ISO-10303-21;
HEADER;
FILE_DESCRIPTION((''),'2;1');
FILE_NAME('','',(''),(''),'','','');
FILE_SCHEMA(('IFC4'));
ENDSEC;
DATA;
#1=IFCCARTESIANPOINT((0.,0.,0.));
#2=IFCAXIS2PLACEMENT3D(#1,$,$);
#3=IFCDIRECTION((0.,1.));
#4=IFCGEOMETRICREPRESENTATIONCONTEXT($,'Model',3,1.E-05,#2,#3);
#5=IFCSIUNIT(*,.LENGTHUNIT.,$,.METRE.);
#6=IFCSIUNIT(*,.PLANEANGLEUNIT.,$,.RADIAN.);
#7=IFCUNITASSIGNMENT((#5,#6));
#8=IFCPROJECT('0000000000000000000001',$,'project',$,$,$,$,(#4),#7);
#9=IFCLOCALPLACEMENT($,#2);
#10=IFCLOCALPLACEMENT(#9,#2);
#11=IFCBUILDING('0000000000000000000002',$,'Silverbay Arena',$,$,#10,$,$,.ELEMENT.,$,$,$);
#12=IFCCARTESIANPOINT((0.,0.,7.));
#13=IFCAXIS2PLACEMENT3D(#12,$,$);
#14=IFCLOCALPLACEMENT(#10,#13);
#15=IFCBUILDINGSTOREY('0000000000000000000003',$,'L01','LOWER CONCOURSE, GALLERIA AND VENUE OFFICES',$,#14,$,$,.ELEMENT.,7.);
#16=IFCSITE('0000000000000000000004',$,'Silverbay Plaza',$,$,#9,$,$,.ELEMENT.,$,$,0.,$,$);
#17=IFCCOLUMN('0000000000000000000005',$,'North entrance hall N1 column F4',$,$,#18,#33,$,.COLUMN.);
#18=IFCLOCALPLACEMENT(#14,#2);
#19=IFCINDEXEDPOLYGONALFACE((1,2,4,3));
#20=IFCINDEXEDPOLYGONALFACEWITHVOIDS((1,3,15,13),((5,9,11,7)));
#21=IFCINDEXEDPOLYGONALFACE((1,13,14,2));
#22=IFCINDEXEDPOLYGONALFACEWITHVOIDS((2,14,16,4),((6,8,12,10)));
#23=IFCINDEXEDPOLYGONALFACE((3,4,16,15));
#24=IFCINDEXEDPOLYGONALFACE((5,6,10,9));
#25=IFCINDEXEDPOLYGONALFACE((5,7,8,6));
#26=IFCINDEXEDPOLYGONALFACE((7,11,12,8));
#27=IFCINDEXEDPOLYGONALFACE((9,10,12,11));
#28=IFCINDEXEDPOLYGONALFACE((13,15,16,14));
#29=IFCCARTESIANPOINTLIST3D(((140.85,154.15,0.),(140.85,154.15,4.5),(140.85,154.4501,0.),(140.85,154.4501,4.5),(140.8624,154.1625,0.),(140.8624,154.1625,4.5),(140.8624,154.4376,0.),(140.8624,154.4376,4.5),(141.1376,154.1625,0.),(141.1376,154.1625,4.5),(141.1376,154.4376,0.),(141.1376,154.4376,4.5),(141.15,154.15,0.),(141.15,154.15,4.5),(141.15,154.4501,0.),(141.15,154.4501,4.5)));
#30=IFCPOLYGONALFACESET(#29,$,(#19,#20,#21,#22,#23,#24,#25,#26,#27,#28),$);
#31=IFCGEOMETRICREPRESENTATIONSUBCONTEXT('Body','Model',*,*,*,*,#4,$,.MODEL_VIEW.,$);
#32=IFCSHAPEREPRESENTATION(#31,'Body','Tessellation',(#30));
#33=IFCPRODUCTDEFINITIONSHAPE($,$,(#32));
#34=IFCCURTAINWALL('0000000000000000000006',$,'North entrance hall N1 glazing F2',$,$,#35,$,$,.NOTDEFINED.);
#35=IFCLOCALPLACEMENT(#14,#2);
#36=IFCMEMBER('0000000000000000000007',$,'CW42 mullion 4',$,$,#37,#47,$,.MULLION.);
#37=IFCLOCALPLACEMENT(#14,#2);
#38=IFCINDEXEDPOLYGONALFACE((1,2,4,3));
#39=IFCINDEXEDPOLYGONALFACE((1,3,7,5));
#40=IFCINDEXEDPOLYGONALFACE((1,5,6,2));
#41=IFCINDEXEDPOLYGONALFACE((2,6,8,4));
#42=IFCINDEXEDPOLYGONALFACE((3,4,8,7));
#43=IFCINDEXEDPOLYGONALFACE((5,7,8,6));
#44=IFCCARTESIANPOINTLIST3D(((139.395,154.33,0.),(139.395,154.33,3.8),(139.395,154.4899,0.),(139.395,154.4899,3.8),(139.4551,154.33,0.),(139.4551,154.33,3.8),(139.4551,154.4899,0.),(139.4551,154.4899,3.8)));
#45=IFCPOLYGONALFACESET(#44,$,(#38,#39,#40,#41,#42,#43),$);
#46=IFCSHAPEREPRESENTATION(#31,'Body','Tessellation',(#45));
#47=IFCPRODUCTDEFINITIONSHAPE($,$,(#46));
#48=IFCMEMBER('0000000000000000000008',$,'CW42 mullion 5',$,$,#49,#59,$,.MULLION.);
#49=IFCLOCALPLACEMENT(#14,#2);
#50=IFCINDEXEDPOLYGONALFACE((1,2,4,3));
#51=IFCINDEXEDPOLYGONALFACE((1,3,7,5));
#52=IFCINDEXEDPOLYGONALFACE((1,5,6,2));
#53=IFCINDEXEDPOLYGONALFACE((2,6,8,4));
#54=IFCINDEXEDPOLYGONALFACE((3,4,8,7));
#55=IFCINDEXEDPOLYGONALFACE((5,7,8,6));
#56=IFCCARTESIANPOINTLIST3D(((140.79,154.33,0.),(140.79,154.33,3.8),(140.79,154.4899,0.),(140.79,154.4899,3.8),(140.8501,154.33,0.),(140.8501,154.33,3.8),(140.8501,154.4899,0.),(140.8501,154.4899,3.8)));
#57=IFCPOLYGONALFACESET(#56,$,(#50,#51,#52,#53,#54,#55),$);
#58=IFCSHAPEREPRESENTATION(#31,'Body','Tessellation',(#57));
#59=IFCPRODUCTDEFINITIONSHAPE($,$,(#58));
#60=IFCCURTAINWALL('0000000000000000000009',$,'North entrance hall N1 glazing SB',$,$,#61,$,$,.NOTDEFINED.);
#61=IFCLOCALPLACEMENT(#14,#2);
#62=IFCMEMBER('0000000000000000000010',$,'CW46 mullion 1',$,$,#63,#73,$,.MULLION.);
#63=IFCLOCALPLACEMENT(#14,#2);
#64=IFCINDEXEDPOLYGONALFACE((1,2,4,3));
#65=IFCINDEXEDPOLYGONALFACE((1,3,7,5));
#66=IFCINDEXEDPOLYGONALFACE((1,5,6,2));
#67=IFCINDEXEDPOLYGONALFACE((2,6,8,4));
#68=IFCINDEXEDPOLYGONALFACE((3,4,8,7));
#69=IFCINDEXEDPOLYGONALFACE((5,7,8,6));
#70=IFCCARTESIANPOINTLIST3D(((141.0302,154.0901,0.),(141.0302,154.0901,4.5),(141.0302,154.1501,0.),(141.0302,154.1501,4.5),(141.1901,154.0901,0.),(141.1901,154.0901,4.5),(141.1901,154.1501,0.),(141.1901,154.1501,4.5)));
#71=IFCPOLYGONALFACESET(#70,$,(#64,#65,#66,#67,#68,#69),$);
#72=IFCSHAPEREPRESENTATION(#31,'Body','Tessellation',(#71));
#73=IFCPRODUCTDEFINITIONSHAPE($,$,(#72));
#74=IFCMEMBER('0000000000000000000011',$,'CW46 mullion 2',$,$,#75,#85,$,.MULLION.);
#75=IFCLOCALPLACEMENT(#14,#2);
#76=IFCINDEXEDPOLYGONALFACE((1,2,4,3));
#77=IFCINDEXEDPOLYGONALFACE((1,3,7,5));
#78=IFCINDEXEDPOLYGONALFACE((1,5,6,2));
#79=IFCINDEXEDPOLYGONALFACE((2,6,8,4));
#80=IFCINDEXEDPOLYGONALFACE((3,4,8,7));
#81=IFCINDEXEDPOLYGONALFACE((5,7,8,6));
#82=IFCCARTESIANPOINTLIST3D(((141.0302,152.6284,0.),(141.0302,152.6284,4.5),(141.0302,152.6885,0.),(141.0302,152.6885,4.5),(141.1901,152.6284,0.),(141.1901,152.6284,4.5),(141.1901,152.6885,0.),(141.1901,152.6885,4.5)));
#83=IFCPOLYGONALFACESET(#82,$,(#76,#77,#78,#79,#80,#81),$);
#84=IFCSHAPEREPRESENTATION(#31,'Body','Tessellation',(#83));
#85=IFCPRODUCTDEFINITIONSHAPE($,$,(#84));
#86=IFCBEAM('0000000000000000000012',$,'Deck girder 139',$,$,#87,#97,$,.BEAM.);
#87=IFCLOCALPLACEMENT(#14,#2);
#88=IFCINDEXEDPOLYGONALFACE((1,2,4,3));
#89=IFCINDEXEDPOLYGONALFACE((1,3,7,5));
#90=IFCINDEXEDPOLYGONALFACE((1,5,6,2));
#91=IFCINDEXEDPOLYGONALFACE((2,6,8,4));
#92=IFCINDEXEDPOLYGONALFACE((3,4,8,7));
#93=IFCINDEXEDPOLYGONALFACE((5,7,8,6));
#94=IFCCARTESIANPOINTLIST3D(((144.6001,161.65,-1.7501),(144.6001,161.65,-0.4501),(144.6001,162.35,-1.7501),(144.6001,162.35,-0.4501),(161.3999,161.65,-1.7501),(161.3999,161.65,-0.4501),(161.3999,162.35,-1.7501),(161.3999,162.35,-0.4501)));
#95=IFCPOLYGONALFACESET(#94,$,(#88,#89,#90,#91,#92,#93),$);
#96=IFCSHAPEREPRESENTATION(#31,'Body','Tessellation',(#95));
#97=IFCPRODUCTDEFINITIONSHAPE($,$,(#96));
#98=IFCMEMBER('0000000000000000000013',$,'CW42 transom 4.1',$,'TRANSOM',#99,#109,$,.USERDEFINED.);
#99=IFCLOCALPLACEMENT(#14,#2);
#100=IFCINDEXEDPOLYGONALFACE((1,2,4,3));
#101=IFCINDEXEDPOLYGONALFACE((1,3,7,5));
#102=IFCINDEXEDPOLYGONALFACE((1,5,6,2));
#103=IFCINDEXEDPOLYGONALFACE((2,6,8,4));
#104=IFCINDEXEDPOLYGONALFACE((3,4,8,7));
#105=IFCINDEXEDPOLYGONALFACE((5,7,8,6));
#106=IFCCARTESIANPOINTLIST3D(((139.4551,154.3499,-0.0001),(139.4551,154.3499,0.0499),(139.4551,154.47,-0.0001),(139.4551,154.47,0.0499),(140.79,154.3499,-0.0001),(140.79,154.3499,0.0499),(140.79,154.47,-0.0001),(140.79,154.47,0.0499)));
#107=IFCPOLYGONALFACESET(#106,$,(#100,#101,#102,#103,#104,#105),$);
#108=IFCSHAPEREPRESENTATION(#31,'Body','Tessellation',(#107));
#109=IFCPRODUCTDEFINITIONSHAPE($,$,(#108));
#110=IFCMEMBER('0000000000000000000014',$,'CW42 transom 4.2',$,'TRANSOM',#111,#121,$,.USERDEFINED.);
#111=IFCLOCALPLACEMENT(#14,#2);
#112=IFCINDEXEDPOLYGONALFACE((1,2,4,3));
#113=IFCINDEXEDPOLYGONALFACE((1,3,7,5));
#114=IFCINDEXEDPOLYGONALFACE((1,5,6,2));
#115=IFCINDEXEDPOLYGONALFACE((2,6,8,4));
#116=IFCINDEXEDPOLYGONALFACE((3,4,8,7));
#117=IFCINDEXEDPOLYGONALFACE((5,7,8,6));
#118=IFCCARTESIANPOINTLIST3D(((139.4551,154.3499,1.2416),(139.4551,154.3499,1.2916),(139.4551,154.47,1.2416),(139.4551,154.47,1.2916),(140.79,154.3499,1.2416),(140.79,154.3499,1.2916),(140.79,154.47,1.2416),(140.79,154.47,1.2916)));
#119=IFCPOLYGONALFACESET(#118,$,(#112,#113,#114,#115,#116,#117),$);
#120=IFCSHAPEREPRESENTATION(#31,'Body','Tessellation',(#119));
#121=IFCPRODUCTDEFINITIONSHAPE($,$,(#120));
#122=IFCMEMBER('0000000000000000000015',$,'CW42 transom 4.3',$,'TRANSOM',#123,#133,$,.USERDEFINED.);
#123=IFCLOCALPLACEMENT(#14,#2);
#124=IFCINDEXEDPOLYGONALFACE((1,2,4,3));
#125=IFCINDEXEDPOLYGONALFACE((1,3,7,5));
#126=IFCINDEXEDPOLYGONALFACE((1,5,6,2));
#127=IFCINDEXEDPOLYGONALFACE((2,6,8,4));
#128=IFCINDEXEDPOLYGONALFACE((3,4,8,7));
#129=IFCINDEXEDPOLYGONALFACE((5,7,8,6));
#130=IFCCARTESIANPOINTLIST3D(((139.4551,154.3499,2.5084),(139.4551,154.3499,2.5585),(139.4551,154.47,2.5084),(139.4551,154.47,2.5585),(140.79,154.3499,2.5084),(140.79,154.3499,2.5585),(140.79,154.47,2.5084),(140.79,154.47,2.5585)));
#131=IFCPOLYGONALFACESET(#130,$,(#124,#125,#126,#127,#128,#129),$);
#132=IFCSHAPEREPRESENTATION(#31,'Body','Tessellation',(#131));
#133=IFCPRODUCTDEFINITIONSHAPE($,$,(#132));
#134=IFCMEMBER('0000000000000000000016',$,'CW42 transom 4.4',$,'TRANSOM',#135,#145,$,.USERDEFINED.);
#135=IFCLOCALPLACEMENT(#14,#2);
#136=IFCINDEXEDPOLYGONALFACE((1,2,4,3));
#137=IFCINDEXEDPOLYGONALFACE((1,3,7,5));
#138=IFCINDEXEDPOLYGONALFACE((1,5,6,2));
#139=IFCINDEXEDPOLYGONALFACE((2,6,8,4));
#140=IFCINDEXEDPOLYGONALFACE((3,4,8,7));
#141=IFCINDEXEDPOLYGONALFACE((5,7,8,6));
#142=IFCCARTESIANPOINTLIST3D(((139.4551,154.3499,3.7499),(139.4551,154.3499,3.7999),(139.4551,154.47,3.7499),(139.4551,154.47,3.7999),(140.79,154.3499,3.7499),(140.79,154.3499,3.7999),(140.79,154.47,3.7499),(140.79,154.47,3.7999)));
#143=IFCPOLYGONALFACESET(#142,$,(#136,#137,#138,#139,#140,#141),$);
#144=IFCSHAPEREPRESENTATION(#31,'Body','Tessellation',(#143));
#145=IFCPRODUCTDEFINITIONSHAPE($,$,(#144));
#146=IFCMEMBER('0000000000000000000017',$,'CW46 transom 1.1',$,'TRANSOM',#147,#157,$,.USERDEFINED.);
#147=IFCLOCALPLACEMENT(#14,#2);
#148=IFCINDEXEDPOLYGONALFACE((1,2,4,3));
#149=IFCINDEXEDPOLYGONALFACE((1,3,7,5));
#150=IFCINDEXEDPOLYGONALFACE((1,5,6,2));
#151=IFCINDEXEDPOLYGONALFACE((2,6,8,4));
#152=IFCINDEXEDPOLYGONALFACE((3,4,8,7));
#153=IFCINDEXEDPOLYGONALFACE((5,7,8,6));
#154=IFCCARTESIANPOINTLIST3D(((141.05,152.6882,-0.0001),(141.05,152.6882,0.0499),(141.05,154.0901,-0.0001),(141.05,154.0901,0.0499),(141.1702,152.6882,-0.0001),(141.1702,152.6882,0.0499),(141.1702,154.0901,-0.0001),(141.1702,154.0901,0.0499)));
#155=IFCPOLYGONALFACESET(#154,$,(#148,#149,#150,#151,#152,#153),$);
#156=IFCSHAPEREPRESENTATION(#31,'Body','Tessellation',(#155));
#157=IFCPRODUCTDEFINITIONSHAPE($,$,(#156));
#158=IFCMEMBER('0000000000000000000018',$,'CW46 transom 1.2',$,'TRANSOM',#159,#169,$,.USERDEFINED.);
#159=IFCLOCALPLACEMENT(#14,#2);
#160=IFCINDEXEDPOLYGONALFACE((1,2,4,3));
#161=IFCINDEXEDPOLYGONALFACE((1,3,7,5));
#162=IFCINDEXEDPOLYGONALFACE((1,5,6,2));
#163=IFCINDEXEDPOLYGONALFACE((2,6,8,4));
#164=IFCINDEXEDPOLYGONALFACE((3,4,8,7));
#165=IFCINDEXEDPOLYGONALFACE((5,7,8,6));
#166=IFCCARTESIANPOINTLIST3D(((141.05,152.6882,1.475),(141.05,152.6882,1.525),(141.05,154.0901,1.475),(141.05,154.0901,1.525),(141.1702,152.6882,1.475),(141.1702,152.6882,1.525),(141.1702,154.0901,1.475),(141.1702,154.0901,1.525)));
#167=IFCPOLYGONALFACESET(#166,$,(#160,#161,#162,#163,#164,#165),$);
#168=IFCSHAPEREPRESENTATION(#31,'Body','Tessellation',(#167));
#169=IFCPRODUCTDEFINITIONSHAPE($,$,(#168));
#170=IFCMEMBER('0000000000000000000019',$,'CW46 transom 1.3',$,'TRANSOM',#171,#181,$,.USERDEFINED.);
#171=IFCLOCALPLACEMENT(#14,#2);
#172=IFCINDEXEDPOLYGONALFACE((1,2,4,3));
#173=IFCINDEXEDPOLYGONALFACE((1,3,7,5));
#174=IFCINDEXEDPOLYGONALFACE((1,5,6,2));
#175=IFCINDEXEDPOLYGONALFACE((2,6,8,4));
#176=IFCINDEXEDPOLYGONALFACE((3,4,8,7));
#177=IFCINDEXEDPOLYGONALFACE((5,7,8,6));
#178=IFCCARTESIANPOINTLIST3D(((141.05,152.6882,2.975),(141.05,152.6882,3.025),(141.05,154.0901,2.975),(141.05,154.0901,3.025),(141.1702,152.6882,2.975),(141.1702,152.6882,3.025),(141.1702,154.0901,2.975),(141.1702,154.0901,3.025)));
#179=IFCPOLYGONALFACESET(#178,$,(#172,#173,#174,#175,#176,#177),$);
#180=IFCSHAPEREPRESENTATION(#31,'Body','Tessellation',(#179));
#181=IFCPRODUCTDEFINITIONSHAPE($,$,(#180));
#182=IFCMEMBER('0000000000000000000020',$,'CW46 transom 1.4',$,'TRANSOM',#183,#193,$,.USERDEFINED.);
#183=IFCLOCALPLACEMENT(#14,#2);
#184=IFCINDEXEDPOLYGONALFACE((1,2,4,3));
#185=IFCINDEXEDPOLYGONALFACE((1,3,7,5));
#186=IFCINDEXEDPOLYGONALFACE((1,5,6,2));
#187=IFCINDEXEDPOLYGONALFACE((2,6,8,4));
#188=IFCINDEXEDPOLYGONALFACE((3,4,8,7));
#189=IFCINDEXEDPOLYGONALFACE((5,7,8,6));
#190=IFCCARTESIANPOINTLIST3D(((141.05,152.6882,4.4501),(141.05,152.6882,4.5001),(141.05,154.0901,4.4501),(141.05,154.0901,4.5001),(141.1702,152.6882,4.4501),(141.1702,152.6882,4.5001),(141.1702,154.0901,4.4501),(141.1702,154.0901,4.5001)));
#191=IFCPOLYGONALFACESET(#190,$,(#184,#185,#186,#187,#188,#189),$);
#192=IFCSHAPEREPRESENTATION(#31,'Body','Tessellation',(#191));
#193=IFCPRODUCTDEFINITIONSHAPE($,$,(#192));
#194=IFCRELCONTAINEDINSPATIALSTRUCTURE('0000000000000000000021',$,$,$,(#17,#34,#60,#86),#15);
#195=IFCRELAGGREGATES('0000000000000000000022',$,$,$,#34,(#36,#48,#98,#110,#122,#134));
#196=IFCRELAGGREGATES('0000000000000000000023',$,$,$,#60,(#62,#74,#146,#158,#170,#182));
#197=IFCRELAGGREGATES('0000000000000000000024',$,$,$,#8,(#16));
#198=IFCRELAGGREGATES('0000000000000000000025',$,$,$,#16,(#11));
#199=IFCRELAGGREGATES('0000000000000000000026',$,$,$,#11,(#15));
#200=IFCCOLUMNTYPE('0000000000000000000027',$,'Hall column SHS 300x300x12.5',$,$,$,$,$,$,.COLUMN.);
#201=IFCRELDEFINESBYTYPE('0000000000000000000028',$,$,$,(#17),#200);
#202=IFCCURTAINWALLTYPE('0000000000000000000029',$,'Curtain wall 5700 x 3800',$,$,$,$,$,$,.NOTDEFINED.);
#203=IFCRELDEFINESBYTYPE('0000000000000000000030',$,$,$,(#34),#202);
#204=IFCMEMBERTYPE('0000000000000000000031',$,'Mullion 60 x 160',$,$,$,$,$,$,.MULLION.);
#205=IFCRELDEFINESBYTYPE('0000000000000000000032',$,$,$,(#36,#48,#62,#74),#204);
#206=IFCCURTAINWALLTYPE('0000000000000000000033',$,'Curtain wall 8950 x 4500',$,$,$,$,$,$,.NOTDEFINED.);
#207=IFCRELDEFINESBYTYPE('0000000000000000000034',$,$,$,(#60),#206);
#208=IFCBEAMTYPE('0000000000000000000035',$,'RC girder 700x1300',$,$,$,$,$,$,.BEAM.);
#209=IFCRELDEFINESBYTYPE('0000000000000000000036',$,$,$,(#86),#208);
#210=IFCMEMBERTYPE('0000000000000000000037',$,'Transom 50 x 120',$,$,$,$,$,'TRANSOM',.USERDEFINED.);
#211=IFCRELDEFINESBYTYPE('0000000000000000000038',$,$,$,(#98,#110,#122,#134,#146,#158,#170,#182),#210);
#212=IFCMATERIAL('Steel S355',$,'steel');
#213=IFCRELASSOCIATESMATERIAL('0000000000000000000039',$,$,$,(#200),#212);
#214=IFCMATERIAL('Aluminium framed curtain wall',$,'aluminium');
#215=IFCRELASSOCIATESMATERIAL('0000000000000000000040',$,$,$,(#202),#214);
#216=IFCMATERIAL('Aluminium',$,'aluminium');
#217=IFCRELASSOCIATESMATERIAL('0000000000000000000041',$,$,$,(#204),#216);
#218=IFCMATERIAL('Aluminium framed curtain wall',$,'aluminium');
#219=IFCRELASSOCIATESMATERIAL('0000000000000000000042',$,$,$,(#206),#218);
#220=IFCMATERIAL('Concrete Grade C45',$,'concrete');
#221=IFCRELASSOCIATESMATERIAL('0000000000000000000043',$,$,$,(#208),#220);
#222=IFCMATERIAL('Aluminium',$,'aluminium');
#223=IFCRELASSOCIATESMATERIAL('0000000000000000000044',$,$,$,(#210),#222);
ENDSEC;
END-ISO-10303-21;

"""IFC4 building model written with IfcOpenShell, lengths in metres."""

from ifc_helpers import new_model, si_unit, direction, frame, origin, origin_2d, place, context, subcontext, project, spatial, rectangle, hollow_rectangle, extrude, material, material_profile, profile_set, type_object, element, aggregate, save


model = new_model("IFC4")

# Units and contexts
model_context = context("Model", 3, precision=1e-05, world=origin(), true_north=direction((0.0, 1.0)))
body_context = subcontext(model_context, "Body", "Model", "MODEL_VIEW")
ifc_project = project(units=[si_unit("LENGTHUNIT", "METRE"), si_unit("PLANEANGLEUNIT", "RADIAN")], contexts=[model_context])

# Site, building, storey
site_placement = place(None, origin())
site = spatial("IfcSite", under=ifc_project, at=site_placement, Name="Silverbay Plaza", CompositionType="ELEMENT", RefElevation=0.0)
building_placement = place(site_placement, origin())
building = spatial("IfcBuilding", under=site, at=building_placement, Name="Silverbay Arena", CompositionType="ELEMENT")
storey_placement = place(building_placement, frame((0.0, 0.0, 7.0)))
storey = spatial("IfcBuildingStorey", under=building, at=storey_placement, Name="L01", Description="LOWER CONCOURSE, GALLERIA AND VENUE OFFICES", CompositionType="ELEMENT", Elevation=7.0)

# Column
ifc_material_1 = material(Name="Steel S355", Category="steel")
ifc_material_profile_1 = material_profile(ifc_material_1, hollow_rectangle(XDim=0.3, YDim=0.3, WallThickness=0.0125, at=origin_2d()), Name="SHS 300x300x12.5")
ifc_profile_set_1 = profile_set([ifc_material_profile_1], Name="Steel S355")
column_type = type_object("IfcColumnType", Name="Hall column SHS 300x300x12.5", PredefinedType="COLUMN", material=ifc_profile_set_1)
column_placement = place(storey_placement, frame((141.0, 154.3, 0.0), z_axis=(0.0, 0.0, 1.0), x_axis=(1.0, 0.0, 0.0)))
element("IfcColumn", 1, at=column_placement, inside=storey, type_object=column_type, Name="North entrance hall N1 column F4", PredefinedType="COLUMN", context=body_context, shape_type="SweptSolid", body=[
    extrude(hollow_rectangle(XDim=0.3, YDim=0.3, WallThickness=0.0125, at=origin_2d()), origin(), (0.0, 0.0, 1.0), 4.5),
])

# Curtain walls, members
ifc_material_2 = material(Name="Aluminium framed curtain wall", Category="aluminium")
curtain_wall_type_1 = type_object("IfcCurtainWallType", Name="Curtain wall 5700 x 3800", PredefinedType="NOTDEFINED", material=ifc_material_2)
curtain_wall_1_placement = place(storey_placement, origin())
curtain_wall_1 = element("IfcCurtainWall", 2, at=curtain_wall_1_placement, inside=storey, type_object=curtain_wall_type_1, Name="North entrance hall N1 glazing F2", PredefinedType="NOTDEFINED")
ifc_material_3 = material(Name="Aluminium", Category="aluminium")
ifc_material_profile_2 = material_profile(ifc_material_3, rectangle(XDim=0.1599, YDim=0.0601, at=origin_2d()), Name="Mullion 60 x 160")
ifc_profile_set_2 = profile_set([ifc_material_profile_2], Name="Aluminium")
member_type_1 = type_object("IfcMemberType", Name="Mullion 60 x 160", PredefinedType="MULLION", material=ifc_profile_set_2)
member_1_placement = place(storey_placement, frame((139.425, 154.4099, 0.0), z_axis=(0.0, 0.0, 1.0), x_axis=(0.0, 1.0, 0.0)))
member_1 = element("IfcMember", 3, at=member_1_placement, type_object=member_type_1, Name="CW42 mullion 4", PredefinedType="MULLION", context=body_context, shape_type="SweptSolid", body=[
    extrude(rectangle(XDim=0.1599, YDim=0.0601, at=origin_2d()), origin(), (0.0, 0.0, 1.0), 3.8),
])
member_2_placement = place(storey_placement, frame((140.8201, 154.4099, 0.0), z_axis=(0.0, 0.0, 1.0), x_axis=(0.0, 1.0, 0.0)))
member_2 = element("IfcMember", 4, at=member_2_placement, type_object=member_type_1, Name="CW42 mullion 5", PredefinedType="MULLION", context=body_context, shape_type="SweptSolid", body=[
    extrude(rectangle(XDim=0.1599, YDim=0.0601, at=origin_2d()), origin(), (0.0, 0.0, 1.0), 3.8),
])
ifc_material_4 = material(Name="Aluminium framed curtain wall", Category="aluminium")
curtain_wall_type_2 = type_object("IfcCurtainWallType", Name="Curtain wall 8950 x 4500", PredefinedType="NOTDEFINED", material=ifc_material_4)
curtain_wall_2_placement = place(storey_placement, origin())
curtain_wall_2 = element("IfcCurtainWall", 5, at=curtain_wall_2_placement, inside=storey, type_object=curtain_wall_type_2, Name="North entrance hall N1 glazing SB", PredefinedType="NOTDEFINED")
member_3_placement = place(storey_placement, frame((141.1101, 154.1201, 0.0), z_axis=(0.0, 0.0, 1.0), x_axis=(1.0, 0.0, 0.0)))
member_3 = element("IfcMember", 6, at=member_3_placement, type_object=member_type_1, Name="CW46 mullion 1", PredefinedType="MULLION", context=body_context, shape_type="SweptSolid", body=[
    extrude(rectangle(XDim=0.1599, YDim=0.0601, at=origin_2d()), origin(), (0.0, 0.0, 1.0), 4.5),
])
member_4_placement = place(storey_placement, frame((141.1101, 152.6584, 0.0), z_axis=(0.0, 0.0, 1.0), x_axis=(1.0, 0.0, 0.0)))
member_4 = element("IfcMember", 7, at=member_4_placement, type_object=member_type_1, Name="CW46 mullion 2", PredefinedType="MULLION", context=body_context, shape_type="SweptSolid", body=[
    extrude(rectangle(XDim=0.1599, YDim=0.0601, at=origin_2d()), origin(), (0.0, 0.0, 1.0), 4.5),
])

# Beam
ifc_material_5 = material(Name="Concrete Grade C45", Category="concrete")
ifc_material_profile_3 = material_profile(ifc_material_5, rectangle(XDim=0.7, YDim=1.3, at=origin_2d()), Name="RC 700x1300")
ifc_profile_set_3 = profile_set([ifc_material_profile_3], Name="Concrete Grade C45")
beam_type = type_object("IfcBeamType", Name="RC girder 700x1300", PredefinedType="BEAM", material=ifc_profile_set_3)
beam_placement = place(storey_placement, frame((144.6001, 162.0, -1.1001), z_axis=(1.0, 0.0, 0.0), x_axis=(0.0, 1.0, 0.0)))
element("IfcBeam", 8, at=beam_placement, inside=storey, type_object=beam_type, Name="Deck girder 139", PredefinedType="BEAM", context=body_context, shape_type="SweptSolid", body=[
    extrude(rectangle(XDim=0.7, YDim=1.3, at=origin_2d()), origin(), (0.0, 0.0, 1.0), 16.7998),
])

# Members
ifc_material_6 = material(Name="Aluminium", Category="aluminium")
ifc_material_profile_4 = material_profile(ifc_material_6, rectangle(XDim=0.1201, YDim=0.05, at=origin_2d()), Name="Transom 50 x 120")
ifc_profile_set_4 = profile_set([ifc_material_profile_4], Name="Aluminium")
member_type_2 = type_object("IfcMemberType", Name="Transom 50 x 120", ElementType="TRANSOM", PredefinedType="USERDEFINED", material=ifc_profile_set_4)
member_5_placement = place(storey_placement, frame((139.4551, 154.4099, 0.0249), z_axis=(1.0, 0.0, 0.0), x_axis=(0.0, 1.0, 0.0)))
member_5 = element("IfcMember", 9, at=member_5_placement, type_object=member_type_2, Name="CW42 transom 4.1", ObjectType="TRANSOM", PredefinedType="USERDEFINED", context=body_context, shape_type="SweptSolid", body=[
    extrude(rectangle(XDim=0.1201, YDim=0.05, at=origin_2d()), origin(), (0.0, 0.0, 1.0), 1.335),
])
member_6_placement = place(storey_placement, frame((139.4551, 154.4099, 1.2666), z_axis=(1.0, 0.0, 0.0), x_axis=(0.0, 1.0, 0.0)))
member_6 = element("IfcMember", 10, at=member_6_placement, type_object=member_type_2, Name="CW42 transom 4.2", ObjectType="TRANSOM", PredefinedType="USERDEFINED", context=body_context, shape_type="SweptSolid", body=[
    extrude(rectangle(XDim=0.1201, YDim=0.05, at=origin_2d()), origin(), (0.0, 0.0, 1.0), 1.335),
])
member_7_placement = place(storey_placement, frame((139.4551, 154.4099, 2.5334), z_axis=(1.0, 0.0, 0.0), x_axis=(0.0, 1.0, 0.0)))
member_7 = element("IfcMember", 11, at=member_7_placement, type_object=member_type_2, Name="CW42 transom 4.3", ObjectType="TRANSOM", PredefinedType="USERDEFINED", context=body_context, shape_type="SweptSolid", body=[
    extrude(rectangle(XDim=0.1201, YDim=0.05, at=origin_2d()), origin(), (0.0, 0.0, 1.0), 1.335),
])
member_8_placement = place(storey_placement, frame((139.4551, 154.4099, 3.7749), z_axis=(1.0, 0.0, 0.0), x_axis=(0.0, 1.0, 0.0)))
member_8 = element("IfcMember", 12, at=member_8_placement, type_object=member_type_2, Name="CW42 transom 4.4", ObjectType="TRANSOM", PredefinedType="USERDEFINED", context=body_context, shape_type="SweptSolid", body=[
    extrude(rectangle(XDim=0.1201, YDim=0.05, at=origin_2d()), origin(), (0.0, 0.0, 1.0), 1.335),
])
member_9_placement = place(storey_placement, frame((141.1101, 154.0901, 0.0249), z_axis=(0.0, -1.0, 0.0), x_axis=(1.0, 0.0, 0.0)))
member_9 = element("IfcMember", 13, at=member_9_placement, type_object=member_type_2, Name="CW46 transom 1.1", ObjectType="TRANSOM", PredefinedType="USERDEFINED", context=body_context, shape_type="SweptSolid", body=[
    extrude(rectangle(XDim=0.1201, YDim=0.05, at=origin_2d()), origin(), (0.0, 0.0, 1.0), 1.4019),
])
member_10_placement = place(storey_placement, frame((141.1101, 154.0901, 1.5), z_axis=(0.0, -1.0, 0.0), x_axis=(1.0, 0.0, 0.0)))
member_10 = element("IfcMember", 14, at=member_10_placement, type_object=member_type_2, Name="CW46 transom 1.2", ObjectType="TRANSOM", PredefinedType="USERDEFINED", context=body_context, shape_type="SweptSolid", body=[
    extrude(rectangle(XDim=0.1201, YDim=0.05, at=origin_2d()), origin(), (0.0, 0.0, 1.0), 1.4019),
])
member_11_placement = place(storey_placement, frame((141.1101, 154.0901, 3.0), z_axis=(0.0, -1.0, 0.0), x_axis=(1.0, 0.0, 0.0)))
member_11 = element("IfcMember", 15, at=member_11_placement, type_object=member_type_2, Name="CW46 transom 1.3", ObjectType="TRANSOM", PredefinedType="USERDEFINED", context=body_context, shape_type="SweptSolid", body=[
    extrude(rectangle(XDim=0.1201, YDim=0.05, at=origin_2d()), origin(), (0.0, 0.0, 1.0), 1.4019),
])
member_12_placement = place(storey_placement, frame((141.1101, 154.0901, 4.4751), z_axis=(0.0, -1.0, 0.0), x_axis=(1.0, 0.0, 0.0)))
member_12 = element("IfcMember", 16, at=member_12_placement, type_object=member_type_2, Name="CW46 transom 1.4", ObjectType="TRANSOM", PredefinedType="USERDEFINED", context=body_context, shape_type="SweptSolid", body=[
    extrude(rectangle(XDim=0.1201, YDim=0.05, at=origin_2d()), origin(), (0.0, 0.0, 1.0), 1.4019),
])

aggregate(curtain_wall_1, [member_1, member_2, member_5, member_6, member_7, member_8])
aggregate(curtain_wall_2, [member_3, member_4, member_9, member_10, member_11, member_12])

save(model, "model.ifc")
